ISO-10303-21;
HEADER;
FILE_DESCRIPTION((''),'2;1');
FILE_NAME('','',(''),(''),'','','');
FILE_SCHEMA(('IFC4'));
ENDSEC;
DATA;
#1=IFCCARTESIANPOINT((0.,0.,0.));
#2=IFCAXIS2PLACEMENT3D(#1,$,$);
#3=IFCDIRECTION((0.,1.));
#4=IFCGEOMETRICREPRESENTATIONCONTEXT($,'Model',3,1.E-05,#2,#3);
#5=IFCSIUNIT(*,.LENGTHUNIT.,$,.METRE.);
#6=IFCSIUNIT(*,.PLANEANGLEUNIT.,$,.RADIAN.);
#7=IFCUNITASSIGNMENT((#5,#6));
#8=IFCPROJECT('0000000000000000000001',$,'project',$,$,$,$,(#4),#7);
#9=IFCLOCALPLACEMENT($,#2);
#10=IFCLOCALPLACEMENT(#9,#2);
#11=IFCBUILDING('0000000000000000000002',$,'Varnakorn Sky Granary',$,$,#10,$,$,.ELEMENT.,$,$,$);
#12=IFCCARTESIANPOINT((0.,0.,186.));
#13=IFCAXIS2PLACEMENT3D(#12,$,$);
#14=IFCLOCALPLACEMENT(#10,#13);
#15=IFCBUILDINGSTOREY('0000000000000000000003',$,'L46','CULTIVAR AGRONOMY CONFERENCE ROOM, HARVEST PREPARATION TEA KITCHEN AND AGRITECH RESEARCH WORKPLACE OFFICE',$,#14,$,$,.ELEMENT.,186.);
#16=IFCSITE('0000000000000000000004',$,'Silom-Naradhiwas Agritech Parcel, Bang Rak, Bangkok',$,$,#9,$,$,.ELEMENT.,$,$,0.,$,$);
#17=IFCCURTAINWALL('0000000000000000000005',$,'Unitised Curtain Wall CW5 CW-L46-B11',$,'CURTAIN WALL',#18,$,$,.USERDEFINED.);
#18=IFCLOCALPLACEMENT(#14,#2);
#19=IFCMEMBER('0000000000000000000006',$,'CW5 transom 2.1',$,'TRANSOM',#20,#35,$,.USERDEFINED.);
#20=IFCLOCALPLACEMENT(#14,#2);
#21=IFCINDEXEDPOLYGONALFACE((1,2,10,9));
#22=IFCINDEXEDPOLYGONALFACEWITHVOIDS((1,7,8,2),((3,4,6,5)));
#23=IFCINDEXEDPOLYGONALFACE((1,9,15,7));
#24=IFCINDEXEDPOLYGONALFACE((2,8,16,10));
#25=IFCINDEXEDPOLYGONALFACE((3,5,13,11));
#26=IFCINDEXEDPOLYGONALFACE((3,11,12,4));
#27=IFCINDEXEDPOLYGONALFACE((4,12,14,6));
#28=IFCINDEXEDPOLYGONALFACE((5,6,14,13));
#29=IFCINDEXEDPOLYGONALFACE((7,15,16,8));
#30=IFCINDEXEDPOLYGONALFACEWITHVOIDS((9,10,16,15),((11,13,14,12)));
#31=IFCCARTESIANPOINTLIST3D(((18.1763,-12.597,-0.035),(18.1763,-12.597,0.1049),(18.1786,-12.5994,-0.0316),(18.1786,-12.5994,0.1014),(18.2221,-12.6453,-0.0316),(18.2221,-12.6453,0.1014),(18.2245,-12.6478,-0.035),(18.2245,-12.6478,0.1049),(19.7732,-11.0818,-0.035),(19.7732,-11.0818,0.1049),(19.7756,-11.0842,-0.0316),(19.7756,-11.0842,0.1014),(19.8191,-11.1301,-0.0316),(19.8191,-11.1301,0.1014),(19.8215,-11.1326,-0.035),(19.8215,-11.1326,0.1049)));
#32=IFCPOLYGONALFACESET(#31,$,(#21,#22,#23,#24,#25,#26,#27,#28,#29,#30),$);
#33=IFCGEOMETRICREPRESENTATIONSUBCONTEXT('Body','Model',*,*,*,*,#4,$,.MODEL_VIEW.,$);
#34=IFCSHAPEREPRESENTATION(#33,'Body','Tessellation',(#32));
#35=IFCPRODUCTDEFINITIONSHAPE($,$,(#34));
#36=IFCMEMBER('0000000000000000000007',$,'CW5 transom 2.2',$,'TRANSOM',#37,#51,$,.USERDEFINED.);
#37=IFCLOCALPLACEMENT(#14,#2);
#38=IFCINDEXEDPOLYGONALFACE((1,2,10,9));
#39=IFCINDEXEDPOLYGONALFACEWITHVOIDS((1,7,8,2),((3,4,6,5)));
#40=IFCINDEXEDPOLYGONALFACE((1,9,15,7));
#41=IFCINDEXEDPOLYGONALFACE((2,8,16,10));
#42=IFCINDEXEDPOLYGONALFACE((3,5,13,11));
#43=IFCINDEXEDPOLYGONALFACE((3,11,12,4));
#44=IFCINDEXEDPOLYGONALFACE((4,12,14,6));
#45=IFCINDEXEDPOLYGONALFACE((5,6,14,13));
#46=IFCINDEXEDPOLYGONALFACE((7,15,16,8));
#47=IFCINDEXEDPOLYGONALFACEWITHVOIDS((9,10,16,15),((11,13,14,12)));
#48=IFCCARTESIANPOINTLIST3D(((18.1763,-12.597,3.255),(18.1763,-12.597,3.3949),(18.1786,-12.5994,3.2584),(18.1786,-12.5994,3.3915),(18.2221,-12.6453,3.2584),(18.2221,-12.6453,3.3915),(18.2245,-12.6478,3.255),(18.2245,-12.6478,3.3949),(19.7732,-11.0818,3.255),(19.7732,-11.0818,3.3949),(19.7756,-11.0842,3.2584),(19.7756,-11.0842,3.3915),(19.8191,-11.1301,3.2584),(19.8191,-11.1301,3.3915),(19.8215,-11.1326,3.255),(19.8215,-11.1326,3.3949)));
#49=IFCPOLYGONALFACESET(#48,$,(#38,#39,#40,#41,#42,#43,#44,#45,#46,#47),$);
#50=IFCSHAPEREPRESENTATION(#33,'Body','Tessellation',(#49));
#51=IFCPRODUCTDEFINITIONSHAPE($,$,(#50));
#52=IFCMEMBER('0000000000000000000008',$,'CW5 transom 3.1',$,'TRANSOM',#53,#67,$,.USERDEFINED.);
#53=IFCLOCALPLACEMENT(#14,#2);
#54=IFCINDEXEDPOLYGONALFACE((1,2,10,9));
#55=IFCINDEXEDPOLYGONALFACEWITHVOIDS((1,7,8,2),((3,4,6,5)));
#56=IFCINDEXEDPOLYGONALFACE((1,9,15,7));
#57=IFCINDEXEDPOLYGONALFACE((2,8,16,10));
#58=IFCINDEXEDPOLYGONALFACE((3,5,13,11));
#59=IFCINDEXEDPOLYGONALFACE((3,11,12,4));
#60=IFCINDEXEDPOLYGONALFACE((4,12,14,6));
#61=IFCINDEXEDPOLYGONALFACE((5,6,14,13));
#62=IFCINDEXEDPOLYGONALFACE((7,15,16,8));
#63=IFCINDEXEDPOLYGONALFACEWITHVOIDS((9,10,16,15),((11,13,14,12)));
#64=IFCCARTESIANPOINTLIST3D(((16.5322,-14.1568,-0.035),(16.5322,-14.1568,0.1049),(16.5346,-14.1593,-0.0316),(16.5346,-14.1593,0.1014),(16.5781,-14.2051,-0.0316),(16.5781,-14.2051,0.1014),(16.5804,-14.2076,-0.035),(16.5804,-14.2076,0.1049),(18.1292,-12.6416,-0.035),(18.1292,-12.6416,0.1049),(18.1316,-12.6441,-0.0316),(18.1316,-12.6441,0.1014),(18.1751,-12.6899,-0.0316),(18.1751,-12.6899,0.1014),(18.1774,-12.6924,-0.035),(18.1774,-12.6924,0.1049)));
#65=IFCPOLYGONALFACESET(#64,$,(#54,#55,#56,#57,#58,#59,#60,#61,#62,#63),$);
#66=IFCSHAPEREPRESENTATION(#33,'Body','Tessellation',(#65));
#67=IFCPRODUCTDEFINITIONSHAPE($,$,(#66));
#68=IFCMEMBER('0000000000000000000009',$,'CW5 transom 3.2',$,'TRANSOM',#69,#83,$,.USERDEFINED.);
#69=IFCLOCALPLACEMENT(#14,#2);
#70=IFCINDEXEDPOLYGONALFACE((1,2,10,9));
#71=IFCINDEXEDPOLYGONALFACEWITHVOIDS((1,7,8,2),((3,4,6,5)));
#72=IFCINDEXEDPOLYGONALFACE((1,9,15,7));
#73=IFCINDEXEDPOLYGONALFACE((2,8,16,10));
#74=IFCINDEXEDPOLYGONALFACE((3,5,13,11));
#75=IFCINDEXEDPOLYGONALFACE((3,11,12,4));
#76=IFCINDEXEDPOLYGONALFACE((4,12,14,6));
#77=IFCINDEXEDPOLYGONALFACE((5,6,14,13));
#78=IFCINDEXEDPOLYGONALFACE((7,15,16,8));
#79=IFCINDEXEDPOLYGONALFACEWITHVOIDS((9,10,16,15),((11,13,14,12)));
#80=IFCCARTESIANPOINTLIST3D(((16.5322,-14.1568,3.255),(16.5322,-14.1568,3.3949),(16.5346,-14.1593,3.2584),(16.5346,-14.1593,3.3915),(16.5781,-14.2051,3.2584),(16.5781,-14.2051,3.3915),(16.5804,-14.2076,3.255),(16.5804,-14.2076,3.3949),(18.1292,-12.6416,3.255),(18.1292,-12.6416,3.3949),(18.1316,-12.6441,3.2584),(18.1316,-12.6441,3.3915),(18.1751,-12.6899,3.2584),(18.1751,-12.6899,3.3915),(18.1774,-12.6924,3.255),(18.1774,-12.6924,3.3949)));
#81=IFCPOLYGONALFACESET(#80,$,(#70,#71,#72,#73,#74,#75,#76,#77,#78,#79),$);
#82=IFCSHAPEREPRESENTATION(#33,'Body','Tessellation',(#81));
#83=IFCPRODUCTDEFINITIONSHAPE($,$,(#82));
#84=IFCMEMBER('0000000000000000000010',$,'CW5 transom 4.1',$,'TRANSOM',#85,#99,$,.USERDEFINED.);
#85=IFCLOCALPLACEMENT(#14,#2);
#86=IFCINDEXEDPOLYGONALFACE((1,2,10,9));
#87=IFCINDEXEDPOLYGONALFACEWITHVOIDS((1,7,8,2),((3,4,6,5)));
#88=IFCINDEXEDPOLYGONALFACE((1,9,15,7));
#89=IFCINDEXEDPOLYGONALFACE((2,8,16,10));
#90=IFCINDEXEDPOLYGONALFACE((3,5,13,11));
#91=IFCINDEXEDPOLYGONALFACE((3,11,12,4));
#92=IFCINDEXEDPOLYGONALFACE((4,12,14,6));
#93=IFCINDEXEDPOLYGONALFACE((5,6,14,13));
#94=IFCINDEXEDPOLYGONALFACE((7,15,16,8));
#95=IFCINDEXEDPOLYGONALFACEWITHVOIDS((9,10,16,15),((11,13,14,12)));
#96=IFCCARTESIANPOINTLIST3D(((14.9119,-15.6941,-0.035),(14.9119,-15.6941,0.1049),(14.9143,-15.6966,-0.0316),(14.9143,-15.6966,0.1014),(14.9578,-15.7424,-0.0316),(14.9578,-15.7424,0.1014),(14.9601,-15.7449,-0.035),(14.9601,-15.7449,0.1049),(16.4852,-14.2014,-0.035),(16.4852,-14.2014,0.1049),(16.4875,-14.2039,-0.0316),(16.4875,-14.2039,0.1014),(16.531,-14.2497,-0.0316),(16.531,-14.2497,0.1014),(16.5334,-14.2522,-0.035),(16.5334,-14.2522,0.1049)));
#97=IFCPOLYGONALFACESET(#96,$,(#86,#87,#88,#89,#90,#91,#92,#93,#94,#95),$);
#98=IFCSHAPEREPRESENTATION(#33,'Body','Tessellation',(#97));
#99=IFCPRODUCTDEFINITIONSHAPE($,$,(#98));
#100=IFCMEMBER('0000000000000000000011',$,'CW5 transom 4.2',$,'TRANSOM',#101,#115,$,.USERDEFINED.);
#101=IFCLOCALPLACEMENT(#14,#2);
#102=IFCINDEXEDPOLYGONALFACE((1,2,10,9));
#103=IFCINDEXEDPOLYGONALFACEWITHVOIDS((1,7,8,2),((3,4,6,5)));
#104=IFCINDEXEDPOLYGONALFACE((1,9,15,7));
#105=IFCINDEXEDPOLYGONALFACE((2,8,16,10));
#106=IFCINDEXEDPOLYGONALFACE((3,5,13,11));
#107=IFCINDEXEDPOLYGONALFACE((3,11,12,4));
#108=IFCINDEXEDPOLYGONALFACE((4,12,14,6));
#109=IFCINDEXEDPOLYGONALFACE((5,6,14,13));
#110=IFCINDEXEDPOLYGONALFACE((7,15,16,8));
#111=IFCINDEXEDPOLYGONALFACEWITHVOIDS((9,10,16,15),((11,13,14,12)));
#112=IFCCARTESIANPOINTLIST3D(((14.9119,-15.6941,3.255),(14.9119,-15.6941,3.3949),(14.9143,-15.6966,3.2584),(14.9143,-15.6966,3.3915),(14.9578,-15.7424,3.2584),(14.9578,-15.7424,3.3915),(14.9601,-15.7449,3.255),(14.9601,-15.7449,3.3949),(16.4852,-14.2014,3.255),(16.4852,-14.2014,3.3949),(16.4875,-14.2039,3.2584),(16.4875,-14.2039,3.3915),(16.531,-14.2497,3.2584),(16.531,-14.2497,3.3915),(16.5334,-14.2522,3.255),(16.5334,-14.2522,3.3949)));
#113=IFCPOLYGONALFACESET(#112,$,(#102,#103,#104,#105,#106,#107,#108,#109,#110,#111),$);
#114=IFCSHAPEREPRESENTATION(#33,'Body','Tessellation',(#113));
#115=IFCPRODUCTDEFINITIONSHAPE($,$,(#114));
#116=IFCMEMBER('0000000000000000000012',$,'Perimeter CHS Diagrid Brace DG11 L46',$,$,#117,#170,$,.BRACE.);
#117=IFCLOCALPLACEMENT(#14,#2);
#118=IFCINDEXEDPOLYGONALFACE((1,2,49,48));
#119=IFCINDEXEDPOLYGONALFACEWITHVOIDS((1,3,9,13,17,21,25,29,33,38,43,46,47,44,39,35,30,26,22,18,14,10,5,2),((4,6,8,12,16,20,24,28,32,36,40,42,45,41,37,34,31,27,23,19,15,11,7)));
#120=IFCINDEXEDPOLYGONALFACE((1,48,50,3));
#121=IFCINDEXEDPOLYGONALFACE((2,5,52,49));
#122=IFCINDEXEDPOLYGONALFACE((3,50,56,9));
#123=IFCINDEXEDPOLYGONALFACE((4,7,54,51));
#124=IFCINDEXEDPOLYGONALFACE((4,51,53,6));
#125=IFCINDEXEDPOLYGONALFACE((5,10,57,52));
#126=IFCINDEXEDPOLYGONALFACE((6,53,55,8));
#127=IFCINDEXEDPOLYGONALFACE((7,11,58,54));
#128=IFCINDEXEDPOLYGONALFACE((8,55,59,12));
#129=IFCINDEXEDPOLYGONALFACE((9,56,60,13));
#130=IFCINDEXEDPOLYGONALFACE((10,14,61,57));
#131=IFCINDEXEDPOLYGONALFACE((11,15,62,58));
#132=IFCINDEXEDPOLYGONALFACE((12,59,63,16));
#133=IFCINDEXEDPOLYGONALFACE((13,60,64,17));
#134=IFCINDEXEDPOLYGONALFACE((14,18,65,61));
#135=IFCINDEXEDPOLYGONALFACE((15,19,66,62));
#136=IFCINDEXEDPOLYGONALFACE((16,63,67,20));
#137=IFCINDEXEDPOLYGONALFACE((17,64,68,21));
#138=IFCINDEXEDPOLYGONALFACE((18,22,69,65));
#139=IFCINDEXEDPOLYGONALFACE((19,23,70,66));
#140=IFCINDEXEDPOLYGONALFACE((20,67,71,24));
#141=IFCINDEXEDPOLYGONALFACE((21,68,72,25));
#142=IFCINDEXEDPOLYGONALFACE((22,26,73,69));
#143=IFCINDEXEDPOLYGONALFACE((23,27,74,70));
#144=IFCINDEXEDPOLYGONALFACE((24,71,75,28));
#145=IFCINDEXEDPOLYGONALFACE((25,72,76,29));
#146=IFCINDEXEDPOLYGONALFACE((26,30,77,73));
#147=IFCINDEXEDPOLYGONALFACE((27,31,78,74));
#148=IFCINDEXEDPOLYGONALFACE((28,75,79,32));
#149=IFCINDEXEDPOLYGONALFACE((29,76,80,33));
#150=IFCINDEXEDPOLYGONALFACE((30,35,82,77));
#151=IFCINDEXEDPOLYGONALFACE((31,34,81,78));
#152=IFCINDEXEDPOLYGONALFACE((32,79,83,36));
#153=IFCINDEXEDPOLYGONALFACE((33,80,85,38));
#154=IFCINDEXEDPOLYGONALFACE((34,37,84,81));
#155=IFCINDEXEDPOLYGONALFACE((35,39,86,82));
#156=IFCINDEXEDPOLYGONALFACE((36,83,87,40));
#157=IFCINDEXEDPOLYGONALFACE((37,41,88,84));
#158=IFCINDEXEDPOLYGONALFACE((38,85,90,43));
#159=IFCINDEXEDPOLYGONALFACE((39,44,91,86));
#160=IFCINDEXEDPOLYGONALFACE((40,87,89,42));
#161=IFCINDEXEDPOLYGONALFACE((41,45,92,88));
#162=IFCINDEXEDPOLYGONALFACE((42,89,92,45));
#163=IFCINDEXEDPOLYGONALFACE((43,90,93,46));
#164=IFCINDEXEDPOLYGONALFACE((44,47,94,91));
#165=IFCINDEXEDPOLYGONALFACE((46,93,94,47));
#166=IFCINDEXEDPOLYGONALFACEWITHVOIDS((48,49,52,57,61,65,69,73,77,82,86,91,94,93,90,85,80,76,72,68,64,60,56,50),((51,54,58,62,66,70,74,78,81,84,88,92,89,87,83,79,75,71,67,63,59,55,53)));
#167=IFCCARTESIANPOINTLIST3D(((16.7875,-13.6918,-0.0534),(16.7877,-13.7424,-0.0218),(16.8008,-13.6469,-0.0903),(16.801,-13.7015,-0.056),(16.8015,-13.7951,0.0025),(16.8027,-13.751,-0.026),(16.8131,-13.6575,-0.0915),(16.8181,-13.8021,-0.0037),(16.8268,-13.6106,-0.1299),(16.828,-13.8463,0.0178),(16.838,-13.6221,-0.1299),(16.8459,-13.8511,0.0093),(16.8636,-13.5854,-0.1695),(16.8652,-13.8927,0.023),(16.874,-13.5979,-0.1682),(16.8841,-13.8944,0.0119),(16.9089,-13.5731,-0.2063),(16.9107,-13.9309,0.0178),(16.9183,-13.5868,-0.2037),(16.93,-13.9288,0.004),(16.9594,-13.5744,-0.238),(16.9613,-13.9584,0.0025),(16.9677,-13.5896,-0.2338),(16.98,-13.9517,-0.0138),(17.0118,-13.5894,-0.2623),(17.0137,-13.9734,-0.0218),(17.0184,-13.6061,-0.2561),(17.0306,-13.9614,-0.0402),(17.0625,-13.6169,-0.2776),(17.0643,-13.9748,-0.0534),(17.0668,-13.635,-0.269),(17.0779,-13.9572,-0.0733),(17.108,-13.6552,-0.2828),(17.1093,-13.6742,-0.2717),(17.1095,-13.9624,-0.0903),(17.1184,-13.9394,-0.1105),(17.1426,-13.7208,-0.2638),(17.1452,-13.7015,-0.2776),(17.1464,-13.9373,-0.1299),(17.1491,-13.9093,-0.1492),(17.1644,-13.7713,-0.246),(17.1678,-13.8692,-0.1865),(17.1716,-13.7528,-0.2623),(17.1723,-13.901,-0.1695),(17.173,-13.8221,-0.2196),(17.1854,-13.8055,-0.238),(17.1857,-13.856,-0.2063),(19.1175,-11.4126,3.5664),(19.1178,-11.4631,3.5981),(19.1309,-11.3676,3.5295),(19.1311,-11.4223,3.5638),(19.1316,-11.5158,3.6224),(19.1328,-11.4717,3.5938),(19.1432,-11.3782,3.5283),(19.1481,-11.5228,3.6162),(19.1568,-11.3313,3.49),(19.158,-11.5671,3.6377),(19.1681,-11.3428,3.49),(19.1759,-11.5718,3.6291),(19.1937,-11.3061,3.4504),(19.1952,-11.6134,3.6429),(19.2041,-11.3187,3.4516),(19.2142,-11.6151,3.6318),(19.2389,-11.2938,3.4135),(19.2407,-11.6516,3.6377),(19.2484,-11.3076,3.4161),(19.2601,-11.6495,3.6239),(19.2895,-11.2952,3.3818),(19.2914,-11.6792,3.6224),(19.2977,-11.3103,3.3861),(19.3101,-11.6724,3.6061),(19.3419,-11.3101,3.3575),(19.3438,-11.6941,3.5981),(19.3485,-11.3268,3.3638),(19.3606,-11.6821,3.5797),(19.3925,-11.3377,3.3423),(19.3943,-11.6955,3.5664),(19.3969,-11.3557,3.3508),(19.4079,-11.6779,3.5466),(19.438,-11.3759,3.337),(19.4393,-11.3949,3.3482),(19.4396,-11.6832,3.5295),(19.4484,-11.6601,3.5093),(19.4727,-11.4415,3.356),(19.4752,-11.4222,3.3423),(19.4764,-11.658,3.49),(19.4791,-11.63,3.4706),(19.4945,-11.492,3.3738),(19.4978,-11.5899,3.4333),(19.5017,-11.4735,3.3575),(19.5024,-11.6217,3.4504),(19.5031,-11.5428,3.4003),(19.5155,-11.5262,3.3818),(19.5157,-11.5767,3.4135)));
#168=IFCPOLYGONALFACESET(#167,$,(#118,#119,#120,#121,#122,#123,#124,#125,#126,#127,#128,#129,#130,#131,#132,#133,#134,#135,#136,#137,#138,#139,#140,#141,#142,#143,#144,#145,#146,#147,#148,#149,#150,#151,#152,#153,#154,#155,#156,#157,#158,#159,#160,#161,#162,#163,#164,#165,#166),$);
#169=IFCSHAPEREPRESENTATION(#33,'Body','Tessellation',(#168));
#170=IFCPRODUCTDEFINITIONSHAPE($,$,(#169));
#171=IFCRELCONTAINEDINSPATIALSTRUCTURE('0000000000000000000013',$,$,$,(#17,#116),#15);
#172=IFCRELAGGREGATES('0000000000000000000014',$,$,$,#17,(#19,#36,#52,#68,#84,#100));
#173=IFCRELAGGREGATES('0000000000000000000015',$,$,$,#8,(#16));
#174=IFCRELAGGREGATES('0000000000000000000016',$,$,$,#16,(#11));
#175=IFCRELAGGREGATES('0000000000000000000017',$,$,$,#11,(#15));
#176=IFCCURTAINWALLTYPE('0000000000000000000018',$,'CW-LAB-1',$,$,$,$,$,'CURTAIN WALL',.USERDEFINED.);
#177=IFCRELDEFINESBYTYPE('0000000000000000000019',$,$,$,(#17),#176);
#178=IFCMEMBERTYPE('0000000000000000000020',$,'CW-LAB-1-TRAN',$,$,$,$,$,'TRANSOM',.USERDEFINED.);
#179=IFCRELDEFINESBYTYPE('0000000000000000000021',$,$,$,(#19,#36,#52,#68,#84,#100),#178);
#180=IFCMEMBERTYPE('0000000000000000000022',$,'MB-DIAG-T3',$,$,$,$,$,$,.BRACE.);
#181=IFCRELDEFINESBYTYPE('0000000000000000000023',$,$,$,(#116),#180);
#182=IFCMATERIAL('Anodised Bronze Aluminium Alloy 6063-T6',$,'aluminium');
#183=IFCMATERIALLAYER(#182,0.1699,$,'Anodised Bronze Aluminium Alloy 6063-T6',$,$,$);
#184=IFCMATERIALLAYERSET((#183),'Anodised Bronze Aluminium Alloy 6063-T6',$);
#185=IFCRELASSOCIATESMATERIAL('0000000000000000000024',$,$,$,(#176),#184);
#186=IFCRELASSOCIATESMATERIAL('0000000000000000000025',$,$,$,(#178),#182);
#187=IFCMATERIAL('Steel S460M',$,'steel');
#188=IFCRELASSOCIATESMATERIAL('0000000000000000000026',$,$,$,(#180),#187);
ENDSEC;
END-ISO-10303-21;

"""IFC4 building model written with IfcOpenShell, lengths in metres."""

from ifc_helpers import new_model, si_unit, direction, frame, origin, origin_2d, place, context, subcontext, project, spatial, hollow_rectangle, hollow_circle, extrude, material, layer, layer_set, material_profile, profile_set, type_object, element, aggregate, save


model = new_model("IFC4")

# Units and contexts
model_context = context("Model", 3, precision=1e-05, world=origin(), true_north=direction((0.0, 1.0)))
body_context = subcontext(model_context, "Body", "Model", "MODEL_VIEW")
ifc_project = project(units=[si_unit("LENGTHUNIT", "METRE"), si_unit("PLANEANGLEUNIT", "RADIAN")], contexts=[model_context])

# Site, building, storey
site_placement = place(None, origin())
site = spatial("IfcSite", under=ifc_project, at=site_placement, Name="Silom-Naradhiwas Agritech Parcel, Bang Rak, Bangkok", CompositionType="ELEMENT", RefElevation=0.0)
building_placement = place(site_placement, origin())
building = spatial("IfcBuilding", under=site, at=building_placement, Name="Varnakorn Sky Granary", CompositionType="ELEMENT")
storey_placement = place(building_placement, frame((0.0, 0.0, 186.0)))
storey = spatial("IfcBuildingStorey", under=building, at=storey_placement, Name="L46", Description="CULTIVAR AGRONOMY CONFERENCE ROOM, HARVEST PREPARATION TEA KITCHEN AND AGRITECH RESEARCH WORKPLACE OFFICE", CompositionType="ELEMENT", Elevation=186.0)

# Shared definitions
ifc_material_1 = material(Name="Steel S460M", Category="steel")

# Shared definitions
ifc_material_2 = material(Name="Anodised Bronze Aluminium Alloy 6063-T6", Category="aluminium")
ifc_layer_1 = layer(ifc_material_2, 0.1699, Name="Anodised Bronze Aluminium Alloy 6063-T6")
ifc_layer_set_1 = layer_set([ifc_layer_1], Name="Anodised Bronze Aluminium Alloy 6063-T6")
curtain_wall_type = type_object("IfcCurtainWallType", Name="CW-LAB-1", ElementType="CURTAIN WALL", PredefinedType="USERDEFINED", material=ifc_layer_set_1)

# Curtain wall
curtain_wall_1_placement = place(storey_placement, origin())
curtain_wall_1 = element("IfcCurtainWall", 1, at=curtain_wall_1_placement, inside=storey, type_object=curtain_wall_type, Name="Unitised Curtain Wall CW5 CW-L46-B11", ObjectType="CURTAIN WALL", PredefinedType="USERDEFINED")

# Members
ifc_material_profile_1 = material_profile(ifc_material_2, hollow_rectangle(XDim=0.0701, YDim=0.1399, WallThickness=0.0034, at=origin_2d()), Name="ALU TRAN 70x140")
ifc_profile_set_1 = profile_set([ifc_material_profile_1], Name="Anodised Bronze Aluminium Alloy 6063-T6")
member_type_1 = type_object("IfcMemberType", Name="CW-LAB-1-TRAN", ElementType="TRANSOM", PredefinedType="USERDEFINED", material=ifc_profile_set_1)
member_1_placement = place(storey_placement, frame((19.7974, -11.1072, 0.0349), z_axis=(-0.72544, -0.688286, 0.0), x_axis=(0.688286, -0.72544, 0.0)))
member_1 = element("IfcMember", 2, at=member_1_placement, type_object=member_type_1, Name="CW5 transom 2.1", ObjectType="TRANSOM", PredefinedType="USERDEFINED", context=body_context, shape_type="SweptSolid", body=[
    extrude(hollow_rectangle(XDim=0.0701, YDim=0.1399, WallThickness=0.0034, at=origin_2d()), origin(), (0.0, 0.0, 1.0), 2.2014),
])
member_2_placement = place(storey_placement, frame((19.7974, -11.1072, 3.325), z_axis=(-0.72544, -0.688286, 0.0), x_axis=(0.688286, -0.72544, 0.0)))
member_2 = element("IfcMember", 3, at=member_2_placement, type_object=member_type_1, Name="CW5 transom 2.2", ObjectType="TRANSOM", PredefinedType="USERDEFINED", context=body_context, shape_type="SweptSolid", body=[
    extrude(hollow_rectangle(XDim=0.0701, YDim=0.1399, WallThickness=0.0034, at=origin_2d()), origin(), (0.0, 0.0, 1.0), 2.2014),
])
member_3_placement = place(storey_placement, frame((18.1533, -12.667, 0.0349), z_axis=(-0.72544, -0.688286, 0.0), x_axis=(0.688286, -0.72544, 0.0)))
member_3 = element("IfcMember", 4, at=member_3_placement, type_object=member_type_1, Name="CW5 transom 3.1", ObjectType="TRANSOM", PredefinedType="USERDEFINED", context=body_context, shape_type="SweptSolid", body=[
    extrude(hollow_rectangle(XDim=0.0701, YDim=0.1399, WallThickness=0.0034, at=origin_2d()), origin(), (0.0, 0.0, 1.0), 2.2014),
])
member_4_placement = place(storey_placement, frame((18.1533, -12.667, 3.325), z_axis=(-0.72544, -0.688286, 0.0), x_axis=(0.688286, -0.72544, 0.0)))
member_4 = element("IfcMember", 5, at=member_4_placement, type_object=member_type_1, Name="CW5 transom 3.2", ObjectType="TRANSOM", PredefinedType="USERDEFINED", context=body_context, shape_type="SweptSolid", body=[
    extrude(hollow_rectangle(XDim=0.0701, YDim=0.1399, WallThickness=0.0034, at=origin_2d()), origin(), (0.0, 0.0, 1.0), 2.2014),
])
member_5_placement = place(storey_placement, frame((16.5093, -14.2268, 0.0349), z_axis=(-0.725438, -0.688288, 0.0), x_axis=(0.688288, -0.725438, 0.0)))
member_5 = element("IfcMember", 6, at=member_5_placement, type_object=member_type_1, Name="CW5 transom 4.1", ObjectType="TRANSOM", PredefinedType="USERDEFINED", context=body_context, shape_type="SweptSolid", body=[
    extrude(hollow_rectangle(XDim=0.0701, YDim=0.1399, WallThickness=0.0034, at=origin_2d()), origin(), (0.0, 0.0, 1.0), 2.1687),
])
member_6_placement = place(storey_placement, frame((16.5093, -14.2268, 3.325), z_axis=(-0.725438, -0.688288, 0.0), x_axis=(0.688288, -0.725438, 0.0)))
member_6 = element("IfcMember", 7, at=member_6_placement, type_object=member_type_1, Name="CW5 transom 4.2", ObjectType="TRANSOM", PredefinedType="USERDEFINED", context=body_context, shape_type="SweptSolid", body=[
    extrude(hollow_rectangle(XDim=0.0701, YDim=0.1399, WallThickness=0.0034, at=origin_2d()), origin(), (0.0, 0.0, 1.0), 2.1687),
])

# Member
ifc_material_profile_2 = material_profile(ifc_material_1, hollow_circle(Radius=0.2285, WallThickness=0.0161, at=origin_2d()), Name="CHS 457x16")
ifc_profile_set_2 = profile_set([ifc_material_profile_2], Name="Steel S460M")
member_type_2 = type_object("IfcMemberType", Name="MB-DIAG-T3", PredefinedType="BRACE", material=ifc_profile_set_2)
member_7_placement = place(storey_placement, frame((16.9866, -13.7739, -0.1299), z_axis=(0.478344, 0.467919, 0.743127), x_axis=(-0.699274, 0.714854, 0.0)))
element("IfcMember", 8, at=member_7_placement, inside=storey, type_object=member_type_2, Name="Perimeter CHS Diagrid Brace DG11 L46", PredefinedType="BRACE", context=body_context, shape_type="SweptSolid", body=[
    extrude(hollow_circle(Radius=0.2285, WallThickness=0.0161, at=origin_2d()), origin(), (0.0, 0.0, 1.0), 4.8711),
])

aggregate(curtain_wall_1, [member_1, member_2, member_3, member_4, member_5, member_6])

save(model, "model.ifc")
